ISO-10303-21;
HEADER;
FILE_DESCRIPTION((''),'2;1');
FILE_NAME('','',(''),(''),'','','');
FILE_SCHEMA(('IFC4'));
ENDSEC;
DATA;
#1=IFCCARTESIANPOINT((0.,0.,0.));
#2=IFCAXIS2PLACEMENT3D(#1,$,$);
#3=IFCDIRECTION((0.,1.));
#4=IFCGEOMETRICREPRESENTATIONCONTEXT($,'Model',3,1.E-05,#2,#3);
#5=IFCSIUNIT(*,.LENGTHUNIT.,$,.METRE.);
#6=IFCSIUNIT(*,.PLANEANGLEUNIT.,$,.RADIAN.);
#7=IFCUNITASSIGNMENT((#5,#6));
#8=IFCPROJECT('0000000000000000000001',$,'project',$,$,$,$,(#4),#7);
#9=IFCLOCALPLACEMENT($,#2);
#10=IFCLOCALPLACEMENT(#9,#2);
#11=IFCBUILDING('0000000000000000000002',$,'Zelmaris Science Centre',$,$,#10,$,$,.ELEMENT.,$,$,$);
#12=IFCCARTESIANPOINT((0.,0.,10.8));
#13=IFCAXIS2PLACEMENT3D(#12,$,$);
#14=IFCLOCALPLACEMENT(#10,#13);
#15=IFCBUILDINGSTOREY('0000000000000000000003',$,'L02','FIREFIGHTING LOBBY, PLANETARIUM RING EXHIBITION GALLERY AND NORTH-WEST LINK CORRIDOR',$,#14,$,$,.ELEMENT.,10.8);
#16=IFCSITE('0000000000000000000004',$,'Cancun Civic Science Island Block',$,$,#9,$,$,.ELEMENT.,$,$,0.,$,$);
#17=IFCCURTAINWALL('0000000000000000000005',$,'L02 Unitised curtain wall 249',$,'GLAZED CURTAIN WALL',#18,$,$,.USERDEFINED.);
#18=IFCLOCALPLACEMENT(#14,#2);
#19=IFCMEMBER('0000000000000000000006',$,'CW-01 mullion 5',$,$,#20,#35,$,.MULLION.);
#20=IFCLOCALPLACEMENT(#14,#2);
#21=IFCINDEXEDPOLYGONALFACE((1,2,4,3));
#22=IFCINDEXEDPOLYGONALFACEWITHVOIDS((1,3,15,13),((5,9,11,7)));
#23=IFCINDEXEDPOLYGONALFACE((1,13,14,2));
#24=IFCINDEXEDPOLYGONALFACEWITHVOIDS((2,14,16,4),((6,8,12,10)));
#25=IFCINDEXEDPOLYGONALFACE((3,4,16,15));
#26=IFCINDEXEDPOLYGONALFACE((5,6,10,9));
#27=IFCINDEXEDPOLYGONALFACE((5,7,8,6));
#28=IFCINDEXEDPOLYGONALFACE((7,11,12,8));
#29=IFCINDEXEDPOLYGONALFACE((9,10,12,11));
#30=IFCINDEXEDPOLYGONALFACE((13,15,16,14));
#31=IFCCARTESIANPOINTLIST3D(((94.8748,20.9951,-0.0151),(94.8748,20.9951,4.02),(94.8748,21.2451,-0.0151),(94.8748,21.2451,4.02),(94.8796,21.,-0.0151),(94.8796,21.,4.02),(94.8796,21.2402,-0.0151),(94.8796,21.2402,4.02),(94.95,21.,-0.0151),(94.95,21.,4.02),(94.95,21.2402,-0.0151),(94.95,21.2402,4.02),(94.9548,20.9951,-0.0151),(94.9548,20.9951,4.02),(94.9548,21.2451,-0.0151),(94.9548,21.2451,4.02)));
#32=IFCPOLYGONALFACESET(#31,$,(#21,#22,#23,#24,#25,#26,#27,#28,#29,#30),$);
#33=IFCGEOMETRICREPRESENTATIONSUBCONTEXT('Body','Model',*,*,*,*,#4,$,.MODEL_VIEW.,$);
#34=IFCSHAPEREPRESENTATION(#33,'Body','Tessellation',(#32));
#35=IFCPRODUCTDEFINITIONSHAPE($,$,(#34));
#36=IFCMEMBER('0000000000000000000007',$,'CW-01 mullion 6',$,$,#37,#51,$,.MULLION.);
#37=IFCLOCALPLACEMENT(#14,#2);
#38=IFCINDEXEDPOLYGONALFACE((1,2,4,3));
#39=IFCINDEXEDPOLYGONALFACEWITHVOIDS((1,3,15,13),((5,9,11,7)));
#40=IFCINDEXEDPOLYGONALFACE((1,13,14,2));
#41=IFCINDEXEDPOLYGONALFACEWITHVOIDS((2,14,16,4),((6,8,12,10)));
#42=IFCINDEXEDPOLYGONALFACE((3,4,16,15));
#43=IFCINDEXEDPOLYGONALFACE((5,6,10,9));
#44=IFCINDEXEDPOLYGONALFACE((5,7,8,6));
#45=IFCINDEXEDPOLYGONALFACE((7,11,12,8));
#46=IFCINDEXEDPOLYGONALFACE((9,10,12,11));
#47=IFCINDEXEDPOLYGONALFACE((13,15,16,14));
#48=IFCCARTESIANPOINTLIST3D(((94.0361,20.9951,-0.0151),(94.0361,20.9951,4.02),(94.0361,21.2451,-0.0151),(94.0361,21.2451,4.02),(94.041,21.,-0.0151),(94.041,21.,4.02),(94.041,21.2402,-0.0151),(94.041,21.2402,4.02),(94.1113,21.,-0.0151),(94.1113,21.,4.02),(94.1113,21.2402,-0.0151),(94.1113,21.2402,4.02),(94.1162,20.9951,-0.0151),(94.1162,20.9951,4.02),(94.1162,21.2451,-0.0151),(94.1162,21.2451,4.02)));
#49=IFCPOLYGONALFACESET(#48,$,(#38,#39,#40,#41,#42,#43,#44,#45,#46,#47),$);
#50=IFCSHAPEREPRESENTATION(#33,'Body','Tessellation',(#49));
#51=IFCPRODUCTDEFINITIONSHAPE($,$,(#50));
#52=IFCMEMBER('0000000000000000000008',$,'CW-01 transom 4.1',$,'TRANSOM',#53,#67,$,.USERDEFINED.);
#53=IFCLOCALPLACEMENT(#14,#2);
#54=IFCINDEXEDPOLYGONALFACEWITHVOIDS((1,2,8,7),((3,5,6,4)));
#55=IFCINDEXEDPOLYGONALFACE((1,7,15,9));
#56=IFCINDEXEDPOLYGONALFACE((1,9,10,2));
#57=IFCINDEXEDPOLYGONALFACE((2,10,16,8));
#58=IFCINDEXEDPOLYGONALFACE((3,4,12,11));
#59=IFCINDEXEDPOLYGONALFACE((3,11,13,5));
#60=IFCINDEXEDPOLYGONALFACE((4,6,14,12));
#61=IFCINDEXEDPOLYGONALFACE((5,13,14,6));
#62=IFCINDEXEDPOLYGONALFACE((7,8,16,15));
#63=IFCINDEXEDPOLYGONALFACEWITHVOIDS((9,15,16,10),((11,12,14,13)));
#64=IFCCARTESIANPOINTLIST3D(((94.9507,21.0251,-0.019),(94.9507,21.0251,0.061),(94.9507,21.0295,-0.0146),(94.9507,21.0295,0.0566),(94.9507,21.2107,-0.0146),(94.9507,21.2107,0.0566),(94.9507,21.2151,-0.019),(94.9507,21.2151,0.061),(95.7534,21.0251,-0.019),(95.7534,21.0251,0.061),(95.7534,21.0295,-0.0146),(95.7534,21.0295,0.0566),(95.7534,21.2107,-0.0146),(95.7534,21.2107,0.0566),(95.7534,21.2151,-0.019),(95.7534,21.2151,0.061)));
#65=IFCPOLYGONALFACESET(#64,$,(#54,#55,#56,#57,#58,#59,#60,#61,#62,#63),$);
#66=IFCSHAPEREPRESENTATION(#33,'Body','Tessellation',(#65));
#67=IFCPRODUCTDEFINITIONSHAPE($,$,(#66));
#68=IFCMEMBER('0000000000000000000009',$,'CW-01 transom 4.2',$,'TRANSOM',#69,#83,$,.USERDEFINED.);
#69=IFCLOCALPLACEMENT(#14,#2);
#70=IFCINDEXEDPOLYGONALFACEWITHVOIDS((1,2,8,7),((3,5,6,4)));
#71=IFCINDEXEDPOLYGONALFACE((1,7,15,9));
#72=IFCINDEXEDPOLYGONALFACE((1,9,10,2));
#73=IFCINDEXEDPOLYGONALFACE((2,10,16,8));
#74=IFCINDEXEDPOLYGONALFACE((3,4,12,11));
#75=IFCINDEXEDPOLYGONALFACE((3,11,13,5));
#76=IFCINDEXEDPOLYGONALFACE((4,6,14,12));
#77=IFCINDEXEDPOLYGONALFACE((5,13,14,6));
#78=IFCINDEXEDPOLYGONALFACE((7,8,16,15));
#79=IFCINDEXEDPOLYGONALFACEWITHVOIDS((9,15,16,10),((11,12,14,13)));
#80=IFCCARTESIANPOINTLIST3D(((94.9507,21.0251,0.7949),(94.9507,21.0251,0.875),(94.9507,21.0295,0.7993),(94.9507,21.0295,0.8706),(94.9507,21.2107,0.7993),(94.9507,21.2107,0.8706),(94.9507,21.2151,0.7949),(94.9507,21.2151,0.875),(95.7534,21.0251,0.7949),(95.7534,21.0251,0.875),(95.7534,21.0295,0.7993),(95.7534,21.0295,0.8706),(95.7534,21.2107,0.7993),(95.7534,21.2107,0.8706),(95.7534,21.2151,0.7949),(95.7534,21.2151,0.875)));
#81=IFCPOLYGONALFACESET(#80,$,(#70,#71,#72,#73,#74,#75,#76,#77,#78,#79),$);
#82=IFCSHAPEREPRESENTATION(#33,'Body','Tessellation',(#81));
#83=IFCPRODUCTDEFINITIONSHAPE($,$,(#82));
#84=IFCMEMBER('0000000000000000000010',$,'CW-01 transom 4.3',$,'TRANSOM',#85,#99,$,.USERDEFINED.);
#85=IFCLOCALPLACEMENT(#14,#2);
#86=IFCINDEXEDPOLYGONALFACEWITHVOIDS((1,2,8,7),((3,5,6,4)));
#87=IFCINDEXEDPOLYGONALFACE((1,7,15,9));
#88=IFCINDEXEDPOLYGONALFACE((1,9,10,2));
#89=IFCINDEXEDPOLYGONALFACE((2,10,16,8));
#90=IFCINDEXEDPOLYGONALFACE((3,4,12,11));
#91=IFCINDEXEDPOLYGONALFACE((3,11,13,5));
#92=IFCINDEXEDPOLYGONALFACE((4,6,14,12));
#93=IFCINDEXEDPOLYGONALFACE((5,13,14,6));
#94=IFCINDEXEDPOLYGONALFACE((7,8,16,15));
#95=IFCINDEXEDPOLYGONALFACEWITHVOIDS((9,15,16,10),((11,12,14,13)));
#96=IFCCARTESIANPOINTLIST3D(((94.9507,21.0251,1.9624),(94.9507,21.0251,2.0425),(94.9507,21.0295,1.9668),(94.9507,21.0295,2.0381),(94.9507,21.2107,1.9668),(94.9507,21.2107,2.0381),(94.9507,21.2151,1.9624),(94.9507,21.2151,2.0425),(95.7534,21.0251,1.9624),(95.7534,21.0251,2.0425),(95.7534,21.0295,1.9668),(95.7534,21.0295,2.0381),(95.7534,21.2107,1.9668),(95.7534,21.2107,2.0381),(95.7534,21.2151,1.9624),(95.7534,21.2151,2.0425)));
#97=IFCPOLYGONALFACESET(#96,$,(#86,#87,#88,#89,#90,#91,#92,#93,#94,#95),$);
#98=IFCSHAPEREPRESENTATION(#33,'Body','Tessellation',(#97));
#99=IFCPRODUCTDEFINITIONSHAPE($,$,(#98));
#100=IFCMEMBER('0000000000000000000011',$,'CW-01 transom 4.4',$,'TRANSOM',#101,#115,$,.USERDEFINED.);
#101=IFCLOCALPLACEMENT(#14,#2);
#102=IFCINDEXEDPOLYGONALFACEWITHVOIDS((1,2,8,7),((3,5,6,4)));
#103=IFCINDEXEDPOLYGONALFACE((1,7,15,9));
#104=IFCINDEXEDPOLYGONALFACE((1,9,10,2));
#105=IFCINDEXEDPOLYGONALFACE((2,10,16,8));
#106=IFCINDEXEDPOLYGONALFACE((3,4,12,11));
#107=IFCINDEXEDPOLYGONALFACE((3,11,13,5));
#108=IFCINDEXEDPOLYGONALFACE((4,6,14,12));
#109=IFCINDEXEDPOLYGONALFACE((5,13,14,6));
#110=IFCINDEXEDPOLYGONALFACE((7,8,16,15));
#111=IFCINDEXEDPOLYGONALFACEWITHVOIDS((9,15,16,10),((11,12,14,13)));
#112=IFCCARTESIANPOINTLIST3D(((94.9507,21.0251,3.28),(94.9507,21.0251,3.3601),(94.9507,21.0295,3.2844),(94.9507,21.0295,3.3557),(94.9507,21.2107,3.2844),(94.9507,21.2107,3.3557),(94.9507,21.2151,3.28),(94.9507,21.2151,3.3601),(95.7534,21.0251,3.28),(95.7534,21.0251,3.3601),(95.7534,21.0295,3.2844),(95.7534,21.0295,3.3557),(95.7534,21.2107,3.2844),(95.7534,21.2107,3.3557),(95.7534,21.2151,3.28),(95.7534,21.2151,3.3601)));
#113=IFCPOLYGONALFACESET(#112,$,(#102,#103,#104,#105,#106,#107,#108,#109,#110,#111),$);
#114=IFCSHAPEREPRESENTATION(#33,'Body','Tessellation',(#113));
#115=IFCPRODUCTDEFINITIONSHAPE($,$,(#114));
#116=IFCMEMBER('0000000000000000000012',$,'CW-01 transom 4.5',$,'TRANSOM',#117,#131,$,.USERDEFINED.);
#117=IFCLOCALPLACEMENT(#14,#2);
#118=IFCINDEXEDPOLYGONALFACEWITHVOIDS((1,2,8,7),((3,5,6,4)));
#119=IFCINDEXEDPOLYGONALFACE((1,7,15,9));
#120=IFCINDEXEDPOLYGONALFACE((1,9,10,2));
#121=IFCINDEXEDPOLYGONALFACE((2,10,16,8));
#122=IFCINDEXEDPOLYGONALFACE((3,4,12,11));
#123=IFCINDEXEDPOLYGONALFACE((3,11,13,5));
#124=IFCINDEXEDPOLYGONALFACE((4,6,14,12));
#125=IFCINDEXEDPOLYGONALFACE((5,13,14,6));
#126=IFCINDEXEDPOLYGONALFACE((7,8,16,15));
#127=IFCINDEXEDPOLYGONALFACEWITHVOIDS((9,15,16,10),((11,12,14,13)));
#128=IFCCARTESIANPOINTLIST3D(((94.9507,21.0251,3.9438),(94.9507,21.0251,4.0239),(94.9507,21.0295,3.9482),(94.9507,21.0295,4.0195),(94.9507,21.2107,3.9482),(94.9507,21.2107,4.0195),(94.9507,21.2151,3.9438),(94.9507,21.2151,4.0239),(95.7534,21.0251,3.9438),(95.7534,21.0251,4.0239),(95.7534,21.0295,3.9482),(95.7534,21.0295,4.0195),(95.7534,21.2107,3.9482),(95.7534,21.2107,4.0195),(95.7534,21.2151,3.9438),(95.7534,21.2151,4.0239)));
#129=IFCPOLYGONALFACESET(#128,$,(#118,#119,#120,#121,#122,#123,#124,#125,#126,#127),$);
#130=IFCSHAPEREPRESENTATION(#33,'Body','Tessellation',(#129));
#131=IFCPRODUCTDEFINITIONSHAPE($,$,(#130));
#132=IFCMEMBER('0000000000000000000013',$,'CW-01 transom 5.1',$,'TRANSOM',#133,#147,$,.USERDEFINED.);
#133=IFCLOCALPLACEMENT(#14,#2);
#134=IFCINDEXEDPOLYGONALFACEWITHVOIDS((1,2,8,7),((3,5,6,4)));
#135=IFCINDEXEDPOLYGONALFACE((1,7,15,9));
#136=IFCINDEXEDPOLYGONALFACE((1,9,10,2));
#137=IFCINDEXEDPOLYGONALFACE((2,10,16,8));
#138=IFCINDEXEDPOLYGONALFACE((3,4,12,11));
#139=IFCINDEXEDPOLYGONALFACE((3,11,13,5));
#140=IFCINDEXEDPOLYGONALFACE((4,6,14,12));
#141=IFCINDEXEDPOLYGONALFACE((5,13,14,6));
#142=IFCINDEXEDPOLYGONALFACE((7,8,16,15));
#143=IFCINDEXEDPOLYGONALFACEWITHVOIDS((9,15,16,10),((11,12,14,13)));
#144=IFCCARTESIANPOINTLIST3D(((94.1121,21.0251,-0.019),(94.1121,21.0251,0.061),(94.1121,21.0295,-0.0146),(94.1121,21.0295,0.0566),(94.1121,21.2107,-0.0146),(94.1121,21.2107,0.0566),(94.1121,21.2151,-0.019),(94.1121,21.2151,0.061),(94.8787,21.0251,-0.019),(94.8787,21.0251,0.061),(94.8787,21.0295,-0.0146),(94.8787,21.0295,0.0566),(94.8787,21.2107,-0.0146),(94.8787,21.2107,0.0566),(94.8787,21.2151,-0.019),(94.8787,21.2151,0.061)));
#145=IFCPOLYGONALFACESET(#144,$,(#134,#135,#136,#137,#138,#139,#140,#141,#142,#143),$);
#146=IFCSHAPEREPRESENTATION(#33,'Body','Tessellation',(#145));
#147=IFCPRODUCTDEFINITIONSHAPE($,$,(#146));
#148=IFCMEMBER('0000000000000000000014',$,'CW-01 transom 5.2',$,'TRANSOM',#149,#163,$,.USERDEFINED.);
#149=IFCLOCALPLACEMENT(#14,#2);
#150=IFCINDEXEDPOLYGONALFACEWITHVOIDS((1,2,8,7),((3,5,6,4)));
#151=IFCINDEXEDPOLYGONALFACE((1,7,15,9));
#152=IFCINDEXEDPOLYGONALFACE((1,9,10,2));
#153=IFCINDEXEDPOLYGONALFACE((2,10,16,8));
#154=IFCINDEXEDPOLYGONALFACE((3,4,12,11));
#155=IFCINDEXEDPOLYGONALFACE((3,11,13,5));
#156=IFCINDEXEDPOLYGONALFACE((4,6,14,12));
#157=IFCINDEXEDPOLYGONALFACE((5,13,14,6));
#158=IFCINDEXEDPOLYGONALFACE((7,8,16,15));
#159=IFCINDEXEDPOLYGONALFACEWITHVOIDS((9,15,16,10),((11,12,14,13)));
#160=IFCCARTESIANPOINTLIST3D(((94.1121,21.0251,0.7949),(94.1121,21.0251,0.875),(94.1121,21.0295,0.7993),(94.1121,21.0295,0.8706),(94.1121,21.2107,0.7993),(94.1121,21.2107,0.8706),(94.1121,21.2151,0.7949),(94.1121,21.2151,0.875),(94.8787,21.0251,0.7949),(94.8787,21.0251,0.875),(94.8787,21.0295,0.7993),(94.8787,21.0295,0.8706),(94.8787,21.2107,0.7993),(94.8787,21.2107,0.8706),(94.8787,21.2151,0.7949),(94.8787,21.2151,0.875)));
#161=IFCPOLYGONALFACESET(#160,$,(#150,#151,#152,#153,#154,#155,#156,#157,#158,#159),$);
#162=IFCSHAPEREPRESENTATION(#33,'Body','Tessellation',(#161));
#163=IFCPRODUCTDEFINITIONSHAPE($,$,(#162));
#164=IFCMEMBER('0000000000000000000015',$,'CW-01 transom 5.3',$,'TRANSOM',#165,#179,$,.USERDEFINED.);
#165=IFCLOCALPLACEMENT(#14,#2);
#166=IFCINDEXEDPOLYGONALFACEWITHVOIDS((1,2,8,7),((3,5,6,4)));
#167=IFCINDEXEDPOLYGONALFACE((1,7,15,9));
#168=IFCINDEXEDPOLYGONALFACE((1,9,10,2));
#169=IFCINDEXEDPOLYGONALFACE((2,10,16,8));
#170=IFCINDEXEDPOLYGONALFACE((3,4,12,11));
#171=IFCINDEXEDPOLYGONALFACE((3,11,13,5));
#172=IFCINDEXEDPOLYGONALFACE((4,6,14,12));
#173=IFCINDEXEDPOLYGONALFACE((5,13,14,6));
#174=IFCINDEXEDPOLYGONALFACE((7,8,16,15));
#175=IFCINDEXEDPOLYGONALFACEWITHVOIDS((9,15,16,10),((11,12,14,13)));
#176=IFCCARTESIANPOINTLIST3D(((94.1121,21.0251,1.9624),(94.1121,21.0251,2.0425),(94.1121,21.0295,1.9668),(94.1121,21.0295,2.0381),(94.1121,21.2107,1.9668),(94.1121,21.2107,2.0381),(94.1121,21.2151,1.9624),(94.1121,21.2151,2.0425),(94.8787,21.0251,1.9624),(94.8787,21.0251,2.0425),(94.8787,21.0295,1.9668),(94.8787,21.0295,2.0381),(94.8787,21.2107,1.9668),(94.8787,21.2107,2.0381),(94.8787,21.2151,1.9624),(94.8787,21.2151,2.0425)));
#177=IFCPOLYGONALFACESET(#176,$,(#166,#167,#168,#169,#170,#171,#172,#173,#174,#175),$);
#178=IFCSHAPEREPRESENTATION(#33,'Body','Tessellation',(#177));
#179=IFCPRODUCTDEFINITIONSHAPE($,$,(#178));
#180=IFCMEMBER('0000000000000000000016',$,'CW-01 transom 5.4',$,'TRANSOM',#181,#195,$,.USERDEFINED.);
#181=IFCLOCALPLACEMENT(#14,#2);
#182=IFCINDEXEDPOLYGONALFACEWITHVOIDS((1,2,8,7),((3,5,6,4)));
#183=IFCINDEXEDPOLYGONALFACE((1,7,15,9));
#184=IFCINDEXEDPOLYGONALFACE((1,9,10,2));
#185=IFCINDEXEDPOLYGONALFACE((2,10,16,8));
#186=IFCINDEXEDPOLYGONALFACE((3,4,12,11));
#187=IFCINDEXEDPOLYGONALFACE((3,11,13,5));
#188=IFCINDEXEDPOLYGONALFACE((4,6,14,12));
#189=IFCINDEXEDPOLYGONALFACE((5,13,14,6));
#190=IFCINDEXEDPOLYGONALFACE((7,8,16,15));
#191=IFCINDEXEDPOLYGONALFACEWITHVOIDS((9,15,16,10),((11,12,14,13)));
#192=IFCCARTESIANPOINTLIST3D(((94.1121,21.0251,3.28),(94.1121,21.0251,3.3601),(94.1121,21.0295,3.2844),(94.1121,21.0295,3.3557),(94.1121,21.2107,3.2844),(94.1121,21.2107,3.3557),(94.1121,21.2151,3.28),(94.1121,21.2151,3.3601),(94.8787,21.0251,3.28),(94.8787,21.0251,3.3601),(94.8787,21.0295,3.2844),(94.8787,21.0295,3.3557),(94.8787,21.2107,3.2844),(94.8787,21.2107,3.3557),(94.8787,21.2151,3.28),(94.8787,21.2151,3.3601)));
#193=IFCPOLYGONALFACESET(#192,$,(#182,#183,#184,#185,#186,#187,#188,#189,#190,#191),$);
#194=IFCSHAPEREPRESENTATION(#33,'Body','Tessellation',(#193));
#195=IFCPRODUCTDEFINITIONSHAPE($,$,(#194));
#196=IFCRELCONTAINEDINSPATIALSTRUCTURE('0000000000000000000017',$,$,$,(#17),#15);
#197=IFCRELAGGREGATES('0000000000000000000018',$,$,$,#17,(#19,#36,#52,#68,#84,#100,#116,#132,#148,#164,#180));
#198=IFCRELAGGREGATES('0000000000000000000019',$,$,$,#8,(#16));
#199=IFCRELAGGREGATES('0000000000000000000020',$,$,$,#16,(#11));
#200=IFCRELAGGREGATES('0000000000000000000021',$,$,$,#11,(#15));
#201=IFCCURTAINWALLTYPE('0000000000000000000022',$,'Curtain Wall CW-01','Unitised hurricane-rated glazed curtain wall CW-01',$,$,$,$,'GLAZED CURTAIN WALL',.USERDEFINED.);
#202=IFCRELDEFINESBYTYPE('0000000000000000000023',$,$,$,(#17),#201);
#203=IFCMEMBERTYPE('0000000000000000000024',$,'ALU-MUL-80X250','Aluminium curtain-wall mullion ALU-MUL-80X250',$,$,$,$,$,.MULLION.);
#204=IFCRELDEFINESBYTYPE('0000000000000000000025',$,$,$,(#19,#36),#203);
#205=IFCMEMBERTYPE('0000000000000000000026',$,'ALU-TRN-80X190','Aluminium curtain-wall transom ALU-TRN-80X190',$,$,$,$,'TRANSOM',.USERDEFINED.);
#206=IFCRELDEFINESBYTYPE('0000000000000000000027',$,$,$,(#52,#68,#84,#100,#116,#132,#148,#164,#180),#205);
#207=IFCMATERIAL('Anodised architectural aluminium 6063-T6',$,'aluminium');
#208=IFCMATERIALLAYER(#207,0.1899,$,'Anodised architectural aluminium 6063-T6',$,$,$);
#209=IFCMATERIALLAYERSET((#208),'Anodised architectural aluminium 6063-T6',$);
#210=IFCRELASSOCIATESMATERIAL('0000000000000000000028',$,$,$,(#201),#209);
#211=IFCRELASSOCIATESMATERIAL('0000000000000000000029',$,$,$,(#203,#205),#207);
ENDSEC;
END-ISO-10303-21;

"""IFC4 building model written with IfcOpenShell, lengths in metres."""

from ifc_helpers import new_model, si_unit, direction, frame, origin, origin_2d, place, context, subcontext, project, spatial, hollow_rectangle, extrude, material, layer, layer_set, material_profile, profile_set, type_object, element, aggregate, save


model = new_model("IFC4")

# Units and contexts
model_context = context("Model", 3, precision=1e-05, world=origin(), true_north=direction((0.0, 1.0)))
body_context = subcontext(model_context, "Body", "Model", "MODEL_VIEW")
ifc_project = project(units=[si_unit("LENGTHUNIT", "METRE"), si_unit("PLANEANGLEUNIT", "RADIAN")], contexts=[model_context])

# Site, building, storey
site_placement = place(None, origin())
site = spatial("IfcSite", under=ifc_project, at=site_placement, Name="Cancun Civic Science Island Block", CompositionType="ELEMENT", RefElevation=0.0)
building_placement = place(site_placement, origin())
building = spatial("IfcBuilding", under=site, at=building_placement, Name="Zelmaris Science Centre", CompositionType="ELEMENT")
storey_placement = place(building_placement, frame((0.0, 0.0, 10.8)))
storey = spatial("IfcBuildingStorey", under=building, at=storey_placement, Name="L02", Description="FIREFIGHTING LOBBY, PLANETARIUM RING EXHIBITION GALLERY AND NORTH-WEST LINK CORRIDOR", CompositionType="ELEMENT", Elevation=10.8)

# Curtain wall, members
ifc_material_1 = material(Name="Anodised architectural aluminium 6063-T6", Category="aluminium")
ifc_layer_1 = layer(ifc_material_1, 0.1899, Name="Anodised architectural aluminium 6063-T6")
ifc_layer_set_1 = layer_set([ifc_layer_1], Name="Anodised architectural aluminium 6063-T6")
curtain_wall_type = type_object("IfcCurtainWallType", Name="Curtain Wall CW-01", Description="Unitised hurricane-rated glazed curtain wall CW-01", ElementType="GLAZED CURTAIN WALL", PredefinedType="USERDEFINED", material=ifc_layer_set_1)
curtain_wall_placement = place(storey_placement, origin())
curtain_wall = element("IfcCurtainWall", 1, at=curtain_wall_placement, inside=storey, type_object=curtain_wall_type, Name="L02 Unitised curtain wall 249", ObjectType="GLAZED CURTAIN WALL", PredefinedType="USERDEFINED")
ifc_material_profile_1 = material_profile(ifc_material_1, hollow_rectangle(XDim=0.0801, YDim=0.25, WallThickness=0.0049, at=origin_2d()), Name="ALU-MUL-80X250")
ifc_profile_set_1 = profile_set([ifc_material_profile_1], Name="Anodised architectural aluminium 6063-T6")
member_type_1 = type_object("IfcMemberType", Name="ALU-MUL-80X250", Description="Aluminium curtain-wall mullion ALU-MUL-80X250", PredefinedType="MULLION", material=ifc_profile_set_1)
member_1_placement = place(storey_placement, frame((94.9148, 21.1201, -0.0151), z_axis=(0.0, 0.0, 1.0), x_axis=(-1.0, 0.000005, 0.0)))
member_1 = element("IfcMember", 2, at=member_1_placement, type_object=member_type_1, Name="CW-01 mullion 5", PredefinedType="MULLION", context=body_context, shape_type="SweptSolid", body=[
    extrude(hollow_rectangle(XDim=0.0801, YDim=0.25, WallThickness=0.0049, at=origin_2d()), origin(), (0.0, 0.0, 1.0), 4.0352),
])
member_2_placement = place(storey_placement, frame((94.0762, 21.1201, -0.0151), z_axis=(0.0, 0.0, 1.0), x_axis=(-1.0, 0.000005, 0.0)))
member_2 = element("IfcMember", 3, at=member_2_placement, type_object=member_type_1, Name="CW-01 mullion 6", PredefinedType="MULLION", context=body_context, shape_type="SweptSolid", body=[
    extrude(hollow_rectangle(XDim=0.0801, YDim=0.25, WallThickness=0.0049, at=origin_2d()), origin(), (0.0, 0.0, 1.0), 4.0352),
])
ifc_material_profile_2 = material_profile(ifc_material_1, hollow_rectangle(XDim=0.0801, YDim=0.1899, WallThickness=0.0044, at=origin_2d()), Name="ALU-TRN-80X190")
ifc_profile_set_2 = profile_set([ifc_material_profile_2], Name="Anodised architectural aluminium 6063-T6")
member_type_2 = type_object("IfcMemberType", Name="ALU-TRN-80X190", Description="Aluminium curtain-wall transom ALU-TRN-80X190", ElementType="TRANSOM", PredefinedType="USERDEFINED", material=ifc_profile_set_2)
member_3_placement = place(storey_placement, frame((95.7534, 21.1201, 0.021), z_axis=(-1.0, 0.0, 0.0), x_axis=(0.0, 0.0, 1.0)))
member_3 = element("IfcMember", 4, at=member_3_placement, type_object=member_type_2, Name="CW-01 transom 4.1", ObjectType="TRANSOM", PredefinedType="USERDEFINED", context=body_context, shape_type="SweptSolid", body=[
    extrude(hollow_rectangle(XDim=0.0801, YDim=0.1899, WallThickness=0.0044, at=origin_2d()), origin(), (0.0, 0.0, 1.0), 0.8027),
])
member_4_placement = place(storey_placement, frame((95.7534, 21.1201, 0.835), z_axis=(-1.0, 0.0, 0.0), x_axis=(0.0, 0.0, 1.0)))
member_4 = element("IfcMember", 5, at=member_4_placement, type_object=member_type_2, Name="CW-01 transom 4.2", ObjectType="TRANSOM", PredefinedType="USERDEFINED", context=body_context, shape_type="SweptSolid", body=[
    extrude(hollow_rectangle(XDim=0.0801, YDim=0.1899, WallThickness=0.0044, at=origin_2d()), origin(), (0.0, 0.0, 1.0), 0.8027),
])
member_5_placement = place(storey_placement, frame((95.7534, 21.1201, 2.0024), z_axis=(-1.0, 0.0, 0.0), x_axis=(0.0, 0.0, 1.0)))
member_5 = element("IfcMember", 6, at=member_5_placement, type_object=member_type_2, Name="CW-01 transom 4.3", ObjectType="TRANSOM", PredefinedType="USERDEFINED", context=body_context, shape_type="SweptSolid", body=[
    extrude(hollow_rectangle(XDim=0.0801, YDim=0.1899, WallThickness=0.0044, at=origin_2d()), origin(), (0.0, 0.0, 1.0), 0.8027),
])
member_6_placement = place(storey_placement, frame((95.7534, 21.1201, 3.3201), z_axis=(-1.0, 0.0, 0.0), x_axis=(0.0, 0.0, 1.0)))
member_6 = element("IfcMember", 7, at=member_6_placement, type_object=member_type_2, Name="CW-01 transom 4.4", ObjectType="TRANSOM", PredefinedType="USERDEFINED", context=body_context, shape_type="SweptSolid", body=[
    extrude(hollow_rectangle(XDim=0.0801, YDim=0.1899, WallThickness=0.0044, at=origin_2d()), origin(), (0.0, 0.0, 1.0), 0.8027),
])
member_7_placement = place(storey_placement, frame((95.7534, 21.1201, 3.9839), z_axis=(-1.0, 0.0, 0.0), x_axis=(0.0, 0.0, 1.0)))
member_7 = element("IfcMember", 8, at=member_7_placement, type_object=member_type_2, Name="CW-01 transom 4.5", ObjectType="TRANSOM", PredefinedType="USERDEFINED", context=body_context, shape_type="SweptSolid", body=[
    extrude(hollow_rectangle(XDim=0.0801, YDim=0.1899, WallThickness=0.0044, at=origin_2d()), origin(), (0.0, 0.0, 1.0), 0.8027),
])
member_8_placement = place(storey_placement, frame((94.8787, 21.1201, 0.021), z_axis=(-1.0, 0.0, 0.0), x_axis=(0.0, 0.0, 1.0)))
member_8 = element("IfcMember", 9, at=member_8_placement, type_object=member_type_2, Name="CW-01 transom 5.1", ObjectType="TRANSOM", PredefinedType="USERDEFINED", context=body_context, shape_type="SweptSolid", body=[
    extrude(hollow_rectangle(XDim=0.0801, YDim=0.1899, WallThickness=0.0044, at=origin_2d()), origin(), (0.0, 0.0, 1.0), 0.7666),
])
member_9_placement = place(storey_placement, frame((94.8787, 21.1201, 0.835), z_axis=(-1.0, 0.0, 0.0), x_axis=(0.0, 0.0, 1.0)))
member_9 = element("IfcMember", 10, at=member_9_placement, type_object=member_type_2, Name="CW-01 transom 5.2", ObjectType="TRANSOM", PredefinedType="USERDEFINED", context=body_context, shape_type="SweptSolid", body=[
    extrude(hollow_rectangle(XDim=0.0801, YDim=0.1899, WallThickness=0.0044, at=origin_2d()), origin(), (0.0, 0.0, 1.0), 0.7666),
])
member_10_placement = place(storey_placement, frame((94.8787, 21.1201, 2.0024), z_axis=(-1.0, 0.0, 0.0), x_axis=(0.0, 0.0, 1.0)))
member_10 = element("IfcMember", 11, at=member_10_placement, type_object=member_type_2, Name="CW-01 transom 5.3", ObjectType="TRANSOM", PredefinedType="USERDEFINED", context=body_context, shape_type="SweptSolid", body=[
    extrude(hollow_rectangle(XDim=0.0801, YDim=0.1899, WallThickness=0.0044, at=origin_2d()), origin(), (0.0, 0.0, 1.0), 0.7666),
])
member_11_placement = place(storey_placement, frame((94.8787, 21.1201, 3.3201), z_axis=(-1.0, 0.0, 0.0), x_axis=(0.0, 0.0, 1.0)))
member_11 = element("IfcMember", 12, at=member_11_placement, type_object=member_type_2, Name="CW-01 transom 5.4", ObjectType="TRANSOM", PredefinedType="USERDEFINED", context=body_context, shape_type="SweptSolid", body=[
    extrude(hollow_rectangle(XDim=0.0801, YDim=0.1899, WallThickness=0.0044, at=origin_2d()), origin(), (0.0, 0.0, 1.0), 0.7666),
])
aggregate(curtain_wall, [member_1, member_2, member_3, member_4, member_5, member_6, member_7, member_8, member_9, member_10, member_11])

save(model, "model.ifc")
